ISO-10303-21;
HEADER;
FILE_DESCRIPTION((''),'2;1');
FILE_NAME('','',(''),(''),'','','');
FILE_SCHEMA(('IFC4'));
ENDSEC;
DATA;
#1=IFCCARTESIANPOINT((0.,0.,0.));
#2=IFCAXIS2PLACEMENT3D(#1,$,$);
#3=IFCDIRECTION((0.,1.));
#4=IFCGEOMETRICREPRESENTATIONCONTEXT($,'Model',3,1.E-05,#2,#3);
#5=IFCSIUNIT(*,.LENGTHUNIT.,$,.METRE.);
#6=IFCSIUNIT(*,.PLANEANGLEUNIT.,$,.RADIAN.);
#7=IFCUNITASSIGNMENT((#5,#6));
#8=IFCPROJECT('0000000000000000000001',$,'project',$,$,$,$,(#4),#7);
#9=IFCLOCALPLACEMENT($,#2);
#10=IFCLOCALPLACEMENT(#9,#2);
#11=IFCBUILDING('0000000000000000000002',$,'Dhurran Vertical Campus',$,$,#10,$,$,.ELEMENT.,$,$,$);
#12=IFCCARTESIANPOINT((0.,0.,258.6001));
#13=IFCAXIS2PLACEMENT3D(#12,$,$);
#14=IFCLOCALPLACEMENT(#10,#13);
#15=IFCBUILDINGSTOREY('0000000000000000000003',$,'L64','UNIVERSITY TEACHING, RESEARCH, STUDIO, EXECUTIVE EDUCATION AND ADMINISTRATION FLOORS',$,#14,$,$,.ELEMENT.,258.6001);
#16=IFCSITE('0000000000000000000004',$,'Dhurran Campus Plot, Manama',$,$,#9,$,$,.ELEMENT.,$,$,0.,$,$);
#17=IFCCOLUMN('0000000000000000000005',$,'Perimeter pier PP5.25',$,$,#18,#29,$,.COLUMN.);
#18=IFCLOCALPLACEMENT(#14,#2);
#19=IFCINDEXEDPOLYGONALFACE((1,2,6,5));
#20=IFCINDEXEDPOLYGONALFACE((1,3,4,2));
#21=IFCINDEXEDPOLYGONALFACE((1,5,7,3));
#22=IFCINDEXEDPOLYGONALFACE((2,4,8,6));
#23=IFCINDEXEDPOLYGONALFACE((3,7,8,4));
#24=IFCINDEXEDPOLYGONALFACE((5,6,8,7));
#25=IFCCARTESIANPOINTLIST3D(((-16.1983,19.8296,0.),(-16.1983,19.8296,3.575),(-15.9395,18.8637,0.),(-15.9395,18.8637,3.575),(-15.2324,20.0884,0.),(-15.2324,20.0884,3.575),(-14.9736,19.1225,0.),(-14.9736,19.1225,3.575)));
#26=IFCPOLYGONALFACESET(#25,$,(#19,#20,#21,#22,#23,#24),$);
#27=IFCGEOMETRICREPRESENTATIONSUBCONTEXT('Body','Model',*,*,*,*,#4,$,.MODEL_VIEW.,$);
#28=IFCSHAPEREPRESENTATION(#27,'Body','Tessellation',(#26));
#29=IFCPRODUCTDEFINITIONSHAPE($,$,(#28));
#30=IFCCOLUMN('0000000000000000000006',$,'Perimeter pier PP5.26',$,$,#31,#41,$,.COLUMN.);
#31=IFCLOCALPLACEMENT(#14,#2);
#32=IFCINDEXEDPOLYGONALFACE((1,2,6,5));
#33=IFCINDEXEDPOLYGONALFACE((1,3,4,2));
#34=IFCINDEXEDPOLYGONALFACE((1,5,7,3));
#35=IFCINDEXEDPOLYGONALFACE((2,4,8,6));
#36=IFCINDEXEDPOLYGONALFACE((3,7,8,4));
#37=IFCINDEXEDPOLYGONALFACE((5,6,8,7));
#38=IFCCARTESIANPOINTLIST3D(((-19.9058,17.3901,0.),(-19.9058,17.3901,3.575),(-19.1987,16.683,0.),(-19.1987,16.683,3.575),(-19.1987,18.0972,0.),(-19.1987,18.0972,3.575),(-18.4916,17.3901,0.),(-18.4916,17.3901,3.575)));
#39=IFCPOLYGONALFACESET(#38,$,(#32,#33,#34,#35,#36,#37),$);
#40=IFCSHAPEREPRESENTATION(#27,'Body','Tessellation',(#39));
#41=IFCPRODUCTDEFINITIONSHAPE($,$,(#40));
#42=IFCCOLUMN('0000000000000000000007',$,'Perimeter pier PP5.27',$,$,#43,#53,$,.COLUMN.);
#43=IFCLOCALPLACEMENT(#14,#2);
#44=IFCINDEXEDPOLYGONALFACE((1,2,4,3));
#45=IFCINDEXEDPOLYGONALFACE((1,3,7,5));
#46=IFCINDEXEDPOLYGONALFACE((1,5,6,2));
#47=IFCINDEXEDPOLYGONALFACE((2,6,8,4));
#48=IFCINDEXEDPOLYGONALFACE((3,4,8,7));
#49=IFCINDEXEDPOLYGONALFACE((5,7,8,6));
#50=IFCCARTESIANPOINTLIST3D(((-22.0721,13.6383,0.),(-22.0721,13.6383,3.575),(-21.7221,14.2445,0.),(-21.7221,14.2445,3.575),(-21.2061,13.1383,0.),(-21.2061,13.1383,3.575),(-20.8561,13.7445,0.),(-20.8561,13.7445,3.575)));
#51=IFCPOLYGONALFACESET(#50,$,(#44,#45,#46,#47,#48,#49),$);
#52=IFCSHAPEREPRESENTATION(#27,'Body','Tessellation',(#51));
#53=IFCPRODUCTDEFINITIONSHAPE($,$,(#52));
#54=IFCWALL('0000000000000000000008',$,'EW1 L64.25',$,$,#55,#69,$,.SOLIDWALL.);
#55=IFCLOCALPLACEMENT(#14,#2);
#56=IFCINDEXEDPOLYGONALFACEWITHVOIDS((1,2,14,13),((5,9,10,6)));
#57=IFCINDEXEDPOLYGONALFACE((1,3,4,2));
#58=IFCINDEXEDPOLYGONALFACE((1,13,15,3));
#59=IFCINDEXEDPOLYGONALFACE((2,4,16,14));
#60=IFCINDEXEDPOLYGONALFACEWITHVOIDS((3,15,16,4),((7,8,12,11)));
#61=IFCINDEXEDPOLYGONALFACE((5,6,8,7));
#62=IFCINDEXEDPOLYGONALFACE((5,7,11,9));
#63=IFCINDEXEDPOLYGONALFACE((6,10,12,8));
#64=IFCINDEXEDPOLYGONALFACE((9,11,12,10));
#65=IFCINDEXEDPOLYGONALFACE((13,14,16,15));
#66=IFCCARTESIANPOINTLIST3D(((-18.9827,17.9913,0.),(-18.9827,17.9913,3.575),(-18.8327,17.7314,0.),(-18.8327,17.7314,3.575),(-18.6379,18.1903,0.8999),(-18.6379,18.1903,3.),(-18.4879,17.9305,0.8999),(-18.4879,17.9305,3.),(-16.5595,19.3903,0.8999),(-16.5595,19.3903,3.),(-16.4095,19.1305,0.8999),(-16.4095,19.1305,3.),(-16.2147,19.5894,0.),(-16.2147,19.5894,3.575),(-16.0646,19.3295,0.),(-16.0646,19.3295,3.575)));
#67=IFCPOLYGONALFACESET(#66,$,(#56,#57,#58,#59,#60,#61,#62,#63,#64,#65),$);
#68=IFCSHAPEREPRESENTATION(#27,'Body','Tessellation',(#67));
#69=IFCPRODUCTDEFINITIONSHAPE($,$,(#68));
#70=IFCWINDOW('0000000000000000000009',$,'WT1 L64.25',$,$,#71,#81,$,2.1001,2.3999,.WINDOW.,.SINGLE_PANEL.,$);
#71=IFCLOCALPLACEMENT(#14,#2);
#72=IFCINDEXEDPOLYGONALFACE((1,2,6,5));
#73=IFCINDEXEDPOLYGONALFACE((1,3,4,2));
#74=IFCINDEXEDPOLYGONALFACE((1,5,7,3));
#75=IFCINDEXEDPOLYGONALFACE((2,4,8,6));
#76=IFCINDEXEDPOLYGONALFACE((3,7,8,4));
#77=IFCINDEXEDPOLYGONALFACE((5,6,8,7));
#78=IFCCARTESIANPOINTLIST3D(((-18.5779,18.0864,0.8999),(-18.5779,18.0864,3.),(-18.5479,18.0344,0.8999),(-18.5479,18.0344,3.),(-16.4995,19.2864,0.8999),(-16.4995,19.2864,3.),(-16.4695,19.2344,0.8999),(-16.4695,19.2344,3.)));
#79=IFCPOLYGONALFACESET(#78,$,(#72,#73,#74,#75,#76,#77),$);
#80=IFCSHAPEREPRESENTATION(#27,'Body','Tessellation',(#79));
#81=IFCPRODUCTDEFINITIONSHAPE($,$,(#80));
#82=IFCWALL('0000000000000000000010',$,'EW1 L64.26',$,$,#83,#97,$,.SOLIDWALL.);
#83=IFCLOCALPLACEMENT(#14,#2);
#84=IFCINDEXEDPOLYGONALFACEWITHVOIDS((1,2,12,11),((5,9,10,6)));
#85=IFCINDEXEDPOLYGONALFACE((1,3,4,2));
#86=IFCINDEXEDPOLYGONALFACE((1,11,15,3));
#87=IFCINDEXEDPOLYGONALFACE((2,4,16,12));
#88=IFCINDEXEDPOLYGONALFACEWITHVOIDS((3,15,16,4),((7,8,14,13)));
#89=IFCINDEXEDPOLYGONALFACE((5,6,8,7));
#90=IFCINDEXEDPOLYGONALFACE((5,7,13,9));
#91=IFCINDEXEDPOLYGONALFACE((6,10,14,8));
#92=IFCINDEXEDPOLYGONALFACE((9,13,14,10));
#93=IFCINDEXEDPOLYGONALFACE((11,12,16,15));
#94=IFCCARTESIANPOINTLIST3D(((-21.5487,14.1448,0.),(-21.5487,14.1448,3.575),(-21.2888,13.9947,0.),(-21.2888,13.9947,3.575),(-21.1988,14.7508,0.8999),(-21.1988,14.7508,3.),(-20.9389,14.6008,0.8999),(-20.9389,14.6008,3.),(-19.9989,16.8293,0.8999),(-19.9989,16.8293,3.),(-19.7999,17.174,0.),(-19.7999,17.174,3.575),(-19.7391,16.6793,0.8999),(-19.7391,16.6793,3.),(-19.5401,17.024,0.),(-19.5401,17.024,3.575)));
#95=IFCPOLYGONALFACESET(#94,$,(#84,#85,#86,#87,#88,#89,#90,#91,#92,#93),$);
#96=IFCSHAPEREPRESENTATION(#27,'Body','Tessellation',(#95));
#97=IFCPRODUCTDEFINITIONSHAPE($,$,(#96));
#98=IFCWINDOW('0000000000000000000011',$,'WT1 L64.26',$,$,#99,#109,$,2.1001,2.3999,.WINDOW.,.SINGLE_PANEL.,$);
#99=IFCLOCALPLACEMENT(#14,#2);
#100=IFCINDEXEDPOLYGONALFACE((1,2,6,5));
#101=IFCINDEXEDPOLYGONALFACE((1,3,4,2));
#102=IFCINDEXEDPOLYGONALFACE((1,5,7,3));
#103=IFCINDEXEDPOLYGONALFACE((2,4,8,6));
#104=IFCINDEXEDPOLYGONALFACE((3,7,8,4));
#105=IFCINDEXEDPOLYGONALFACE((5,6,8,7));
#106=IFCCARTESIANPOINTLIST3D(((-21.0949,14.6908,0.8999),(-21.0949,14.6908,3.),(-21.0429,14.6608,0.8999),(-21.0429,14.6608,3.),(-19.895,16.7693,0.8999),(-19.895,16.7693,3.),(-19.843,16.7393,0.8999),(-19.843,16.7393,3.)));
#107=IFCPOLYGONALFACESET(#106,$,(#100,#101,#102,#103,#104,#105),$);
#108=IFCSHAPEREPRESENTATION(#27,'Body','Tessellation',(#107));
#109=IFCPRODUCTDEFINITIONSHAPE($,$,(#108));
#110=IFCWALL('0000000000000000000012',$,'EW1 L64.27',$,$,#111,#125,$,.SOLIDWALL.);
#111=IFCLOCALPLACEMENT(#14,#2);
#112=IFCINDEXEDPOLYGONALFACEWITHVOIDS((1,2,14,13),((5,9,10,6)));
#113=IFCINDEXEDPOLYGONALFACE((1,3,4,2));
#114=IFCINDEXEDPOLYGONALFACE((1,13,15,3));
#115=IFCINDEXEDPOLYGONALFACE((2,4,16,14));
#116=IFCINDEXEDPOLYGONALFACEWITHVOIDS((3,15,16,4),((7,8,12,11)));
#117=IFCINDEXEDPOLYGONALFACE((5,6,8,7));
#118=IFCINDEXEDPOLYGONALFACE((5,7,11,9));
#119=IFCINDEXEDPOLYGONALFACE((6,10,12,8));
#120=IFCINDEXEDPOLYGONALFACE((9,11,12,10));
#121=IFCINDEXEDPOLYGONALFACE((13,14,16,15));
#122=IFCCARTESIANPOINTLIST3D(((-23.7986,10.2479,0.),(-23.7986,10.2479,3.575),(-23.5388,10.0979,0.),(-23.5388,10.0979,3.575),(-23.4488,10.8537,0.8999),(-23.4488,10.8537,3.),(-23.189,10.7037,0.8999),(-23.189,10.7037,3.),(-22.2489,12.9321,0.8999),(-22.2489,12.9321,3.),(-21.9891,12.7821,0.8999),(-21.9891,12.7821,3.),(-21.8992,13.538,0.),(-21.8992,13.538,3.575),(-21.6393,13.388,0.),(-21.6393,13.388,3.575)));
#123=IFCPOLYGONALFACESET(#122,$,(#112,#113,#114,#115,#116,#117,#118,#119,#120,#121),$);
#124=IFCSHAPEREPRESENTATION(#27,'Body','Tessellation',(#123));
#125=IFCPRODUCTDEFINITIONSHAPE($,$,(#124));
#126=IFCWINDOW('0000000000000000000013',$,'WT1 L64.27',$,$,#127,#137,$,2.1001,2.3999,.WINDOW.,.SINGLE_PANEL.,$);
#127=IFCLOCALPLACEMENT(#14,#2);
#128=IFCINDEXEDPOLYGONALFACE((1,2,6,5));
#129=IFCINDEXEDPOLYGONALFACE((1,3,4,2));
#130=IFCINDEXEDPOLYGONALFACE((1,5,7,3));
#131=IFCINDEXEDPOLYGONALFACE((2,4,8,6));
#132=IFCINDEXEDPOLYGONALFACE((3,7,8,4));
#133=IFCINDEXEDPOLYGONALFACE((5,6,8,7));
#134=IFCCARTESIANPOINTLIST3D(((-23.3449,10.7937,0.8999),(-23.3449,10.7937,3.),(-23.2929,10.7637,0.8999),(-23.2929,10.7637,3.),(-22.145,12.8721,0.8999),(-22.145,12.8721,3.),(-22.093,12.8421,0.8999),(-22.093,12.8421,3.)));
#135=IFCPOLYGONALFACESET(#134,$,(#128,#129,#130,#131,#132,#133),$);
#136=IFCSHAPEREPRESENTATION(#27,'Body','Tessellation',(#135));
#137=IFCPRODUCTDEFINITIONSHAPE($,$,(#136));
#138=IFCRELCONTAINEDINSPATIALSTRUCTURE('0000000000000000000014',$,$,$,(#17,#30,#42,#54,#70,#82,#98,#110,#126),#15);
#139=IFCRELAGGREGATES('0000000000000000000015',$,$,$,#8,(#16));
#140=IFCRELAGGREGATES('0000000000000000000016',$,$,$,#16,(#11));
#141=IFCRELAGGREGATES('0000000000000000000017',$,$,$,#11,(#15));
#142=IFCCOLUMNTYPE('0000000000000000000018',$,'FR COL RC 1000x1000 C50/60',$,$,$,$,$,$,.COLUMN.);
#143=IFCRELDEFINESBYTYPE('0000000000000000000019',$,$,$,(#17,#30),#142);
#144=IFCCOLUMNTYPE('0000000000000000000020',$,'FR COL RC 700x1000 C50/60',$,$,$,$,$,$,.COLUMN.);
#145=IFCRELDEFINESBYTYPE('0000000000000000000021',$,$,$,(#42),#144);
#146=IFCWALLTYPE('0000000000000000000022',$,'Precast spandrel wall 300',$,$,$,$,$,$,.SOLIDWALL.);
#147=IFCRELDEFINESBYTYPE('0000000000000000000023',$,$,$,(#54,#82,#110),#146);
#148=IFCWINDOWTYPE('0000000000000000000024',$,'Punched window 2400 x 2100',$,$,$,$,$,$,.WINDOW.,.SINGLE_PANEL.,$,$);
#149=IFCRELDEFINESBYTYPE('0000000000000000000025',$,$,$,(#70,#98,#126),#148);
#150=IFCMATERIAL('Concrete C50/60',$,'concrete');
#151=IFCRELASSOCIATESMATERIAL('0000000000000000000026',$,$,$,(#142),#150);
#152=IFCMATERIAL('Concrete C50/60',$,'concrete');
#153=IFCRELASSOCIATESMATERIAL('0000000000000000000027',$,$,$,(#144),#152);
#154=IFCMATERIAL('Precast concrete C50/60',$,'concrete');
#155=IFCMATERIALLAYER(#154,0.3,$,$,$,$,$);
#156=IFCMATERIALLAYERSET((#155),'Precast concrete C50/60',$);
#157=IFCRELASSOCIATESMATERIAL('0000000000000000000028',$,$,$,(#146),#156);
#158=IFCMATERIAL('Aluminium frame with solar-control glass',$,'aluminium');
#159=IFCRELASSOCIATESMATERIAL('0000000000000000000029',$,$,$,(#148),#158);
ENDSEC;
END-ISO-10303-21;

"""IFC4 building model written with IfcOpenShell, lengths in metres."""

from ifc_helpers import new_model, si_unit, direction, frame, frame_2d, origin, origin_2d, place, context, subcontext, project, spatial, rectangle, extrude, material, layer, layer_set, material_profile, profile_set, type_object, element, fill, save


model = new_model("IFC4")

# Units and contexts
model_context = context("Model", 3, precision=1e-05, world=origin(), true_north=direction((0.0, 1.0)))
body_context = subcontext(model_context, "Body", "Model", "MODEL_VIEW")
ifc_project = project(units=[si_unit("LENGTHUNIT", "METRE"), si_unit("PLANEANGLEUNIT", "RADIAN")], contexts=[model_context])

# Site, building, storey
site_placement = place(None, origin())
site = spatial("IfcSite", under=ifc_project, at=site_placement, Name="Dhurran Campus Plot, Manama", CompositionType="ELEMENT", RefElevation=0.0)
building_placement = place(site_placement, origin())
building = spatial("IfcBuilding", under=site, at=building_placement, Name="Dhurran Vertical Campus", CompositionType="ELEMENT")
storey_placement = place(building_placement, frame((0.0, 0.0, 258.6001)))
storey = spatial("IfcBuildingStorey", under=building, at=storey_placement, Name="L64", Description="UNIVERSITY TEACHING, RESEARCH, STUDIO, EXECUTIVE EDUCATION AND ADMINISTRATION FLOORS", CompositionType="ELEMENT", Elevation=258.6001)

# Columns
ifc_material_1 = material(Name="Concrete C50/60", Category="concrete")
ifc_material_profile_1 = material_profile(ifc_material_1, rectangle(XDim=1.0, YDim=1.0, at=origin_2d()), Name="RC 1000x1000")
ifc_profile_set_1 = profile_set([ifc_material_profile_1], Name="Concrete C50/60")
column_type_1 = type_object("IfcColumnType", Name="FR COL RC 1000x1000 C50/60", PredefinedType="COLUMN", material=ifc_profile_set_1)
for number, where, z_axis, x_axis, name in (
    (1, (-15.5859, 19.4761, 0.0), (0.0, 0.0, 1.0), (-0.965926, -0.258819, 0.0), "Perimeter pier PP5.25"),
    (2, (-19.1987, 17.3901, 0.0), (0.0, 0.0, 1.0), (-0.707107, -0.707107, 0.0), "Perimeter pier PP5.26"),
):
    element("IfcColumn", number, at=place(storey_placement, frame(where, z_axis=z_axis, x_axis=x_axis)), inside=storey, type_object=column_type_1, Name=name, PredefinedType="COLUMN", context=body_context, shape_type="SweptSolid", body=[
        extrude(rectangle(XDim=1.0, YDim=1.0, at=origin_2d()), origin(), (0.0, 0.0, 1.0), 3.575),
    ])
ifc_material_2 = material(Name="Concrete C50/60", Category="concrete")
ifc_material_profile_2 = material_profile(ifc_material_2, rectangle(XDim=0.7, YDim=1.0, at=origin_2d()), Name="RC 700x1000")
ifc_profile_set_2 = profile_set([ifc_material_profile_2], Name="Concrete C50/60")
column_type_2 = type_object("IfcColumnType", Name="FR COL RC 700x1000 C50/60", PredefinedType="COLUMN", material=ifc_profile_set_2)
column_placement = place(storey_placement, frame((-21.4641, 13.6914, 0.0), z_axis=(0.0, 0.0, 1.0), x_axis=(-0.5, -0.866025, 0.0)))
element("IfcColumn", 3, at=column_placement, inside=storey, type_object=column_type_2, Name="Perimeter pier PP5.27", PredefinedType="COLUMN", context=body_context, shape_type="SweptSolid", body=[
    extrude(rectangle(XDim=0.7, YDim=1.0, at=origin_2d()), origin(), (0.0, 0.0, 1.0), 3.575),
])

# Walls, openings, windows
ifc_material_3 = material(Name="Precast concrete C50/60", Category="concrete")
ifc_layer_1 = layer(ifc_material_3, 0.3)
ifc_layer_set_1 = layer_set([ifc_layer_1], Name="Precast concrete C50/60")
wall_type_1 = type_object("IfcWallType", Name="Precast spandrel wall 300", PredefinedType="SOLIDWALL", material=ifc_layer_set_1)
wall_1_placement = place(storey_placement, frame((-16.1396, 19.4595, 0.0), z_axis=(0.0, 0.0, 1.0), x_axis=(-0.866025, -0.5, 0.0)))
wall_1 = element("IfcWall", 4, at=wall_1_placement, inside=storey, type_object=wall_type_1, Name="EW1 L64.25", PredefinedType="SOLIDWALL", context=body_context, shape_type="SweptSolid", body=[
    extrude(rectangle(XDim=3.1963, YDim=0.3, at=frame_2d((1.5981, 0.0))), origin(), (0.0, 0.0, 1.0), 3.575),
])
opening_1_placement = place(wall_1_placement, frame((0.3982, 0.0, 0.8999)))
opening_1 = element("IfcOpeningElement", 5, at=opening_1_placement, cuts=wall_1, PredefinedType="OPENING", context=body_context, shape_type="SweptSolid", body=[
    extrude(rectangle(XDim=2.3999, YDim=2.1001, at=frame_2d((1.2, 1.05))), frame((0.0, 0.1599, 0.0), z_axis=(0.0, -1.0, 0.0), x_axis=(1.0, 0.0, 0.0)), (0.0, 0.0, 1.0), 0.3201),
])
ifc_material_4 = material(Name="Aluminium frame with solar-control glass", Category="aluminium")
window_type = type_object("IfcWindowType", Name="Punched window 2400 x 2100", PartitioningType="SINGLE_PANEL", PredefinedType="WINDOW", material=ifc_material_4)
window_1_placement = place(opening_1_placement, origin())
window_1 = element("IfcWindow", 6, at=window_1_placement, inside=storey, type_object=window_type, Name="WT1 L64.25", OverallHeight=2.1001, OverallWidth=2.3999, PartitioningType="SINGLE_PANEL", PredefinedType="WINDOW", context=body_context, shape_type="SweptSolid", body=[
    extrude(rectangle(XDim=2.3999, YDim=2.1001, at=frame_2d((1.2, 1.05))), frame((0.0, 0.03, 0.0), z_axis=(0.0, -1.0, 0.0), x_axis=(1.0, 0.0, 0.0)), (0.0, 0.0, 1.0), 0.0601),
])
fill(opening_1, window_1)
wall_2_placement = place(storey_placement, frame((-19.6699, 17.0991, 0.0), z_axis=(0.0, 0.0, 1.0), x_axis=(-0.49996, -0.866048, 0.0)))
wall_2 = element("IfcWall", 7, at=wall_2_placement, inside=storey, type_object=wall_type_1, Name="EW1 L64.26", PredefinedType="SOLIDWALL", context=body_context, shape_type="SweptSolid", body=[
    extrude(rectangle(XDim=3.4978, YDim=0.3, at=frame_2d((1.749, 0.0))), origin(), (0.0, 0.0, 1.0), 3.575),
])
opening_2_placement = place(wall_2_placement, frame((0.3982, 0.0, 0.8999)))
opening_2 = element("IfcOpeningElement", 8, at=opening_2_placement, cuts=wall_2, PredefinedType="OPENING", context=body_context, shape_type="SweptSolid", body=[
    extrude(rectangle(XDim=2.3999, YDim=2.1001, at=frame_2d((1.2, 1.05))), frame((0.0, 0.1599, 0.0), z_axis=(0.0, -1.0, 0.0), x_axis=(1.0, 0.0, 0.0)), (0.0, 0.0, 1.0), 0.3201),
])
window_2_placement = place(opening_2_placement, origin())
window_2 = element("IfcWindow", 9, at=window_2_placement, inside=storey, type_object=window_type, Name="WT1 L64.26", OverallHeight=2.1001, OverallWidth=2.3999, PartitioningType="SINGLE_PANEL", PredefinedType="WINDOW", context=body_context, shape_type="SweptSolid", body=[
    extrude(rectangle(XDim=2.3999, YDim=2.1001, at=frame_2d((1.2, 1.05))), frame((0.0, 0.03, 0.0), z_axis=(0.0, -1.0, 0.0), x_axis=(1.0, 0.0, 0.0)), (0.0, 0.0, 1.0), 0.0601),
])
fill(opening_2, window_2)
wall_3_placement = place(storey_placement, frame((-21.7693, 13.4629, 0.0), z_axis=(0.0, 0.0, 1.0), x_axis=(-0.499982, -0.866036, 0.0)))
wall_3 = element("IfcWall", 10, at=wall_3_placement, inside=storey, type_object=wall_type_1, Name="EW1 L64.27", PredefinedType="SOLIDWALL", context=body_context, shape_type="SweptSolid", body=[
    extrude(rectangle(XDim=3.7991, YDim=0.3, at=frame_2d((1.8994, 0.0))), origin(), (0.0, 0.0, 1.0), 3.575),
])
opening_3_placement = place(wall_3_placement, frame((0.6995, 0.0, 0.8999)))
opening_3 = element("IfcOpeningElement", 11, at=opening_3_placement, cuts=wall_3, PredefinedType="OPENING", context=body_context, shape_type="SweptSolid", body=[
    extrude(rectangle(XDim=2.3999, YDim=2.1001, at=frame_2d((1.2, 1.05))), frame((0.0, 0.1599, 0.0), z_axis=(0.0, -1.0, 0.0), x_axis=(1.0, 0.0, 0.0)), (0.0, 0.0, 1.0), 0.3201),
])
window_3_placement = place(opening_3_placement, origin())
window_3 = element("IfcWindow", 12, at=window_3_placement, inside=storey, type_object=window_type, Name="WT1 L64.27", OverallHeight=2.1001, OverallWidth=2.3999, PartitioningType="SINGLE_PANEL", PredefinedType="WINDOW", context=body_context, shape_type="SweptSolid", body=[
    extrude(rectangle(XDim=2.3999, YDim=2.1001, at=frame_2d((1.2, 1.05))), frame((0.0, 0.03, 0.0), z_axis=(0.0, -1.0, 0.0), x_axis=(1.0, 0.0, 0.0)), (0.0, 0.0, 1.0), 0.0601),
])
fill(opening_3, window_3)

save(model, "model.ifc")
